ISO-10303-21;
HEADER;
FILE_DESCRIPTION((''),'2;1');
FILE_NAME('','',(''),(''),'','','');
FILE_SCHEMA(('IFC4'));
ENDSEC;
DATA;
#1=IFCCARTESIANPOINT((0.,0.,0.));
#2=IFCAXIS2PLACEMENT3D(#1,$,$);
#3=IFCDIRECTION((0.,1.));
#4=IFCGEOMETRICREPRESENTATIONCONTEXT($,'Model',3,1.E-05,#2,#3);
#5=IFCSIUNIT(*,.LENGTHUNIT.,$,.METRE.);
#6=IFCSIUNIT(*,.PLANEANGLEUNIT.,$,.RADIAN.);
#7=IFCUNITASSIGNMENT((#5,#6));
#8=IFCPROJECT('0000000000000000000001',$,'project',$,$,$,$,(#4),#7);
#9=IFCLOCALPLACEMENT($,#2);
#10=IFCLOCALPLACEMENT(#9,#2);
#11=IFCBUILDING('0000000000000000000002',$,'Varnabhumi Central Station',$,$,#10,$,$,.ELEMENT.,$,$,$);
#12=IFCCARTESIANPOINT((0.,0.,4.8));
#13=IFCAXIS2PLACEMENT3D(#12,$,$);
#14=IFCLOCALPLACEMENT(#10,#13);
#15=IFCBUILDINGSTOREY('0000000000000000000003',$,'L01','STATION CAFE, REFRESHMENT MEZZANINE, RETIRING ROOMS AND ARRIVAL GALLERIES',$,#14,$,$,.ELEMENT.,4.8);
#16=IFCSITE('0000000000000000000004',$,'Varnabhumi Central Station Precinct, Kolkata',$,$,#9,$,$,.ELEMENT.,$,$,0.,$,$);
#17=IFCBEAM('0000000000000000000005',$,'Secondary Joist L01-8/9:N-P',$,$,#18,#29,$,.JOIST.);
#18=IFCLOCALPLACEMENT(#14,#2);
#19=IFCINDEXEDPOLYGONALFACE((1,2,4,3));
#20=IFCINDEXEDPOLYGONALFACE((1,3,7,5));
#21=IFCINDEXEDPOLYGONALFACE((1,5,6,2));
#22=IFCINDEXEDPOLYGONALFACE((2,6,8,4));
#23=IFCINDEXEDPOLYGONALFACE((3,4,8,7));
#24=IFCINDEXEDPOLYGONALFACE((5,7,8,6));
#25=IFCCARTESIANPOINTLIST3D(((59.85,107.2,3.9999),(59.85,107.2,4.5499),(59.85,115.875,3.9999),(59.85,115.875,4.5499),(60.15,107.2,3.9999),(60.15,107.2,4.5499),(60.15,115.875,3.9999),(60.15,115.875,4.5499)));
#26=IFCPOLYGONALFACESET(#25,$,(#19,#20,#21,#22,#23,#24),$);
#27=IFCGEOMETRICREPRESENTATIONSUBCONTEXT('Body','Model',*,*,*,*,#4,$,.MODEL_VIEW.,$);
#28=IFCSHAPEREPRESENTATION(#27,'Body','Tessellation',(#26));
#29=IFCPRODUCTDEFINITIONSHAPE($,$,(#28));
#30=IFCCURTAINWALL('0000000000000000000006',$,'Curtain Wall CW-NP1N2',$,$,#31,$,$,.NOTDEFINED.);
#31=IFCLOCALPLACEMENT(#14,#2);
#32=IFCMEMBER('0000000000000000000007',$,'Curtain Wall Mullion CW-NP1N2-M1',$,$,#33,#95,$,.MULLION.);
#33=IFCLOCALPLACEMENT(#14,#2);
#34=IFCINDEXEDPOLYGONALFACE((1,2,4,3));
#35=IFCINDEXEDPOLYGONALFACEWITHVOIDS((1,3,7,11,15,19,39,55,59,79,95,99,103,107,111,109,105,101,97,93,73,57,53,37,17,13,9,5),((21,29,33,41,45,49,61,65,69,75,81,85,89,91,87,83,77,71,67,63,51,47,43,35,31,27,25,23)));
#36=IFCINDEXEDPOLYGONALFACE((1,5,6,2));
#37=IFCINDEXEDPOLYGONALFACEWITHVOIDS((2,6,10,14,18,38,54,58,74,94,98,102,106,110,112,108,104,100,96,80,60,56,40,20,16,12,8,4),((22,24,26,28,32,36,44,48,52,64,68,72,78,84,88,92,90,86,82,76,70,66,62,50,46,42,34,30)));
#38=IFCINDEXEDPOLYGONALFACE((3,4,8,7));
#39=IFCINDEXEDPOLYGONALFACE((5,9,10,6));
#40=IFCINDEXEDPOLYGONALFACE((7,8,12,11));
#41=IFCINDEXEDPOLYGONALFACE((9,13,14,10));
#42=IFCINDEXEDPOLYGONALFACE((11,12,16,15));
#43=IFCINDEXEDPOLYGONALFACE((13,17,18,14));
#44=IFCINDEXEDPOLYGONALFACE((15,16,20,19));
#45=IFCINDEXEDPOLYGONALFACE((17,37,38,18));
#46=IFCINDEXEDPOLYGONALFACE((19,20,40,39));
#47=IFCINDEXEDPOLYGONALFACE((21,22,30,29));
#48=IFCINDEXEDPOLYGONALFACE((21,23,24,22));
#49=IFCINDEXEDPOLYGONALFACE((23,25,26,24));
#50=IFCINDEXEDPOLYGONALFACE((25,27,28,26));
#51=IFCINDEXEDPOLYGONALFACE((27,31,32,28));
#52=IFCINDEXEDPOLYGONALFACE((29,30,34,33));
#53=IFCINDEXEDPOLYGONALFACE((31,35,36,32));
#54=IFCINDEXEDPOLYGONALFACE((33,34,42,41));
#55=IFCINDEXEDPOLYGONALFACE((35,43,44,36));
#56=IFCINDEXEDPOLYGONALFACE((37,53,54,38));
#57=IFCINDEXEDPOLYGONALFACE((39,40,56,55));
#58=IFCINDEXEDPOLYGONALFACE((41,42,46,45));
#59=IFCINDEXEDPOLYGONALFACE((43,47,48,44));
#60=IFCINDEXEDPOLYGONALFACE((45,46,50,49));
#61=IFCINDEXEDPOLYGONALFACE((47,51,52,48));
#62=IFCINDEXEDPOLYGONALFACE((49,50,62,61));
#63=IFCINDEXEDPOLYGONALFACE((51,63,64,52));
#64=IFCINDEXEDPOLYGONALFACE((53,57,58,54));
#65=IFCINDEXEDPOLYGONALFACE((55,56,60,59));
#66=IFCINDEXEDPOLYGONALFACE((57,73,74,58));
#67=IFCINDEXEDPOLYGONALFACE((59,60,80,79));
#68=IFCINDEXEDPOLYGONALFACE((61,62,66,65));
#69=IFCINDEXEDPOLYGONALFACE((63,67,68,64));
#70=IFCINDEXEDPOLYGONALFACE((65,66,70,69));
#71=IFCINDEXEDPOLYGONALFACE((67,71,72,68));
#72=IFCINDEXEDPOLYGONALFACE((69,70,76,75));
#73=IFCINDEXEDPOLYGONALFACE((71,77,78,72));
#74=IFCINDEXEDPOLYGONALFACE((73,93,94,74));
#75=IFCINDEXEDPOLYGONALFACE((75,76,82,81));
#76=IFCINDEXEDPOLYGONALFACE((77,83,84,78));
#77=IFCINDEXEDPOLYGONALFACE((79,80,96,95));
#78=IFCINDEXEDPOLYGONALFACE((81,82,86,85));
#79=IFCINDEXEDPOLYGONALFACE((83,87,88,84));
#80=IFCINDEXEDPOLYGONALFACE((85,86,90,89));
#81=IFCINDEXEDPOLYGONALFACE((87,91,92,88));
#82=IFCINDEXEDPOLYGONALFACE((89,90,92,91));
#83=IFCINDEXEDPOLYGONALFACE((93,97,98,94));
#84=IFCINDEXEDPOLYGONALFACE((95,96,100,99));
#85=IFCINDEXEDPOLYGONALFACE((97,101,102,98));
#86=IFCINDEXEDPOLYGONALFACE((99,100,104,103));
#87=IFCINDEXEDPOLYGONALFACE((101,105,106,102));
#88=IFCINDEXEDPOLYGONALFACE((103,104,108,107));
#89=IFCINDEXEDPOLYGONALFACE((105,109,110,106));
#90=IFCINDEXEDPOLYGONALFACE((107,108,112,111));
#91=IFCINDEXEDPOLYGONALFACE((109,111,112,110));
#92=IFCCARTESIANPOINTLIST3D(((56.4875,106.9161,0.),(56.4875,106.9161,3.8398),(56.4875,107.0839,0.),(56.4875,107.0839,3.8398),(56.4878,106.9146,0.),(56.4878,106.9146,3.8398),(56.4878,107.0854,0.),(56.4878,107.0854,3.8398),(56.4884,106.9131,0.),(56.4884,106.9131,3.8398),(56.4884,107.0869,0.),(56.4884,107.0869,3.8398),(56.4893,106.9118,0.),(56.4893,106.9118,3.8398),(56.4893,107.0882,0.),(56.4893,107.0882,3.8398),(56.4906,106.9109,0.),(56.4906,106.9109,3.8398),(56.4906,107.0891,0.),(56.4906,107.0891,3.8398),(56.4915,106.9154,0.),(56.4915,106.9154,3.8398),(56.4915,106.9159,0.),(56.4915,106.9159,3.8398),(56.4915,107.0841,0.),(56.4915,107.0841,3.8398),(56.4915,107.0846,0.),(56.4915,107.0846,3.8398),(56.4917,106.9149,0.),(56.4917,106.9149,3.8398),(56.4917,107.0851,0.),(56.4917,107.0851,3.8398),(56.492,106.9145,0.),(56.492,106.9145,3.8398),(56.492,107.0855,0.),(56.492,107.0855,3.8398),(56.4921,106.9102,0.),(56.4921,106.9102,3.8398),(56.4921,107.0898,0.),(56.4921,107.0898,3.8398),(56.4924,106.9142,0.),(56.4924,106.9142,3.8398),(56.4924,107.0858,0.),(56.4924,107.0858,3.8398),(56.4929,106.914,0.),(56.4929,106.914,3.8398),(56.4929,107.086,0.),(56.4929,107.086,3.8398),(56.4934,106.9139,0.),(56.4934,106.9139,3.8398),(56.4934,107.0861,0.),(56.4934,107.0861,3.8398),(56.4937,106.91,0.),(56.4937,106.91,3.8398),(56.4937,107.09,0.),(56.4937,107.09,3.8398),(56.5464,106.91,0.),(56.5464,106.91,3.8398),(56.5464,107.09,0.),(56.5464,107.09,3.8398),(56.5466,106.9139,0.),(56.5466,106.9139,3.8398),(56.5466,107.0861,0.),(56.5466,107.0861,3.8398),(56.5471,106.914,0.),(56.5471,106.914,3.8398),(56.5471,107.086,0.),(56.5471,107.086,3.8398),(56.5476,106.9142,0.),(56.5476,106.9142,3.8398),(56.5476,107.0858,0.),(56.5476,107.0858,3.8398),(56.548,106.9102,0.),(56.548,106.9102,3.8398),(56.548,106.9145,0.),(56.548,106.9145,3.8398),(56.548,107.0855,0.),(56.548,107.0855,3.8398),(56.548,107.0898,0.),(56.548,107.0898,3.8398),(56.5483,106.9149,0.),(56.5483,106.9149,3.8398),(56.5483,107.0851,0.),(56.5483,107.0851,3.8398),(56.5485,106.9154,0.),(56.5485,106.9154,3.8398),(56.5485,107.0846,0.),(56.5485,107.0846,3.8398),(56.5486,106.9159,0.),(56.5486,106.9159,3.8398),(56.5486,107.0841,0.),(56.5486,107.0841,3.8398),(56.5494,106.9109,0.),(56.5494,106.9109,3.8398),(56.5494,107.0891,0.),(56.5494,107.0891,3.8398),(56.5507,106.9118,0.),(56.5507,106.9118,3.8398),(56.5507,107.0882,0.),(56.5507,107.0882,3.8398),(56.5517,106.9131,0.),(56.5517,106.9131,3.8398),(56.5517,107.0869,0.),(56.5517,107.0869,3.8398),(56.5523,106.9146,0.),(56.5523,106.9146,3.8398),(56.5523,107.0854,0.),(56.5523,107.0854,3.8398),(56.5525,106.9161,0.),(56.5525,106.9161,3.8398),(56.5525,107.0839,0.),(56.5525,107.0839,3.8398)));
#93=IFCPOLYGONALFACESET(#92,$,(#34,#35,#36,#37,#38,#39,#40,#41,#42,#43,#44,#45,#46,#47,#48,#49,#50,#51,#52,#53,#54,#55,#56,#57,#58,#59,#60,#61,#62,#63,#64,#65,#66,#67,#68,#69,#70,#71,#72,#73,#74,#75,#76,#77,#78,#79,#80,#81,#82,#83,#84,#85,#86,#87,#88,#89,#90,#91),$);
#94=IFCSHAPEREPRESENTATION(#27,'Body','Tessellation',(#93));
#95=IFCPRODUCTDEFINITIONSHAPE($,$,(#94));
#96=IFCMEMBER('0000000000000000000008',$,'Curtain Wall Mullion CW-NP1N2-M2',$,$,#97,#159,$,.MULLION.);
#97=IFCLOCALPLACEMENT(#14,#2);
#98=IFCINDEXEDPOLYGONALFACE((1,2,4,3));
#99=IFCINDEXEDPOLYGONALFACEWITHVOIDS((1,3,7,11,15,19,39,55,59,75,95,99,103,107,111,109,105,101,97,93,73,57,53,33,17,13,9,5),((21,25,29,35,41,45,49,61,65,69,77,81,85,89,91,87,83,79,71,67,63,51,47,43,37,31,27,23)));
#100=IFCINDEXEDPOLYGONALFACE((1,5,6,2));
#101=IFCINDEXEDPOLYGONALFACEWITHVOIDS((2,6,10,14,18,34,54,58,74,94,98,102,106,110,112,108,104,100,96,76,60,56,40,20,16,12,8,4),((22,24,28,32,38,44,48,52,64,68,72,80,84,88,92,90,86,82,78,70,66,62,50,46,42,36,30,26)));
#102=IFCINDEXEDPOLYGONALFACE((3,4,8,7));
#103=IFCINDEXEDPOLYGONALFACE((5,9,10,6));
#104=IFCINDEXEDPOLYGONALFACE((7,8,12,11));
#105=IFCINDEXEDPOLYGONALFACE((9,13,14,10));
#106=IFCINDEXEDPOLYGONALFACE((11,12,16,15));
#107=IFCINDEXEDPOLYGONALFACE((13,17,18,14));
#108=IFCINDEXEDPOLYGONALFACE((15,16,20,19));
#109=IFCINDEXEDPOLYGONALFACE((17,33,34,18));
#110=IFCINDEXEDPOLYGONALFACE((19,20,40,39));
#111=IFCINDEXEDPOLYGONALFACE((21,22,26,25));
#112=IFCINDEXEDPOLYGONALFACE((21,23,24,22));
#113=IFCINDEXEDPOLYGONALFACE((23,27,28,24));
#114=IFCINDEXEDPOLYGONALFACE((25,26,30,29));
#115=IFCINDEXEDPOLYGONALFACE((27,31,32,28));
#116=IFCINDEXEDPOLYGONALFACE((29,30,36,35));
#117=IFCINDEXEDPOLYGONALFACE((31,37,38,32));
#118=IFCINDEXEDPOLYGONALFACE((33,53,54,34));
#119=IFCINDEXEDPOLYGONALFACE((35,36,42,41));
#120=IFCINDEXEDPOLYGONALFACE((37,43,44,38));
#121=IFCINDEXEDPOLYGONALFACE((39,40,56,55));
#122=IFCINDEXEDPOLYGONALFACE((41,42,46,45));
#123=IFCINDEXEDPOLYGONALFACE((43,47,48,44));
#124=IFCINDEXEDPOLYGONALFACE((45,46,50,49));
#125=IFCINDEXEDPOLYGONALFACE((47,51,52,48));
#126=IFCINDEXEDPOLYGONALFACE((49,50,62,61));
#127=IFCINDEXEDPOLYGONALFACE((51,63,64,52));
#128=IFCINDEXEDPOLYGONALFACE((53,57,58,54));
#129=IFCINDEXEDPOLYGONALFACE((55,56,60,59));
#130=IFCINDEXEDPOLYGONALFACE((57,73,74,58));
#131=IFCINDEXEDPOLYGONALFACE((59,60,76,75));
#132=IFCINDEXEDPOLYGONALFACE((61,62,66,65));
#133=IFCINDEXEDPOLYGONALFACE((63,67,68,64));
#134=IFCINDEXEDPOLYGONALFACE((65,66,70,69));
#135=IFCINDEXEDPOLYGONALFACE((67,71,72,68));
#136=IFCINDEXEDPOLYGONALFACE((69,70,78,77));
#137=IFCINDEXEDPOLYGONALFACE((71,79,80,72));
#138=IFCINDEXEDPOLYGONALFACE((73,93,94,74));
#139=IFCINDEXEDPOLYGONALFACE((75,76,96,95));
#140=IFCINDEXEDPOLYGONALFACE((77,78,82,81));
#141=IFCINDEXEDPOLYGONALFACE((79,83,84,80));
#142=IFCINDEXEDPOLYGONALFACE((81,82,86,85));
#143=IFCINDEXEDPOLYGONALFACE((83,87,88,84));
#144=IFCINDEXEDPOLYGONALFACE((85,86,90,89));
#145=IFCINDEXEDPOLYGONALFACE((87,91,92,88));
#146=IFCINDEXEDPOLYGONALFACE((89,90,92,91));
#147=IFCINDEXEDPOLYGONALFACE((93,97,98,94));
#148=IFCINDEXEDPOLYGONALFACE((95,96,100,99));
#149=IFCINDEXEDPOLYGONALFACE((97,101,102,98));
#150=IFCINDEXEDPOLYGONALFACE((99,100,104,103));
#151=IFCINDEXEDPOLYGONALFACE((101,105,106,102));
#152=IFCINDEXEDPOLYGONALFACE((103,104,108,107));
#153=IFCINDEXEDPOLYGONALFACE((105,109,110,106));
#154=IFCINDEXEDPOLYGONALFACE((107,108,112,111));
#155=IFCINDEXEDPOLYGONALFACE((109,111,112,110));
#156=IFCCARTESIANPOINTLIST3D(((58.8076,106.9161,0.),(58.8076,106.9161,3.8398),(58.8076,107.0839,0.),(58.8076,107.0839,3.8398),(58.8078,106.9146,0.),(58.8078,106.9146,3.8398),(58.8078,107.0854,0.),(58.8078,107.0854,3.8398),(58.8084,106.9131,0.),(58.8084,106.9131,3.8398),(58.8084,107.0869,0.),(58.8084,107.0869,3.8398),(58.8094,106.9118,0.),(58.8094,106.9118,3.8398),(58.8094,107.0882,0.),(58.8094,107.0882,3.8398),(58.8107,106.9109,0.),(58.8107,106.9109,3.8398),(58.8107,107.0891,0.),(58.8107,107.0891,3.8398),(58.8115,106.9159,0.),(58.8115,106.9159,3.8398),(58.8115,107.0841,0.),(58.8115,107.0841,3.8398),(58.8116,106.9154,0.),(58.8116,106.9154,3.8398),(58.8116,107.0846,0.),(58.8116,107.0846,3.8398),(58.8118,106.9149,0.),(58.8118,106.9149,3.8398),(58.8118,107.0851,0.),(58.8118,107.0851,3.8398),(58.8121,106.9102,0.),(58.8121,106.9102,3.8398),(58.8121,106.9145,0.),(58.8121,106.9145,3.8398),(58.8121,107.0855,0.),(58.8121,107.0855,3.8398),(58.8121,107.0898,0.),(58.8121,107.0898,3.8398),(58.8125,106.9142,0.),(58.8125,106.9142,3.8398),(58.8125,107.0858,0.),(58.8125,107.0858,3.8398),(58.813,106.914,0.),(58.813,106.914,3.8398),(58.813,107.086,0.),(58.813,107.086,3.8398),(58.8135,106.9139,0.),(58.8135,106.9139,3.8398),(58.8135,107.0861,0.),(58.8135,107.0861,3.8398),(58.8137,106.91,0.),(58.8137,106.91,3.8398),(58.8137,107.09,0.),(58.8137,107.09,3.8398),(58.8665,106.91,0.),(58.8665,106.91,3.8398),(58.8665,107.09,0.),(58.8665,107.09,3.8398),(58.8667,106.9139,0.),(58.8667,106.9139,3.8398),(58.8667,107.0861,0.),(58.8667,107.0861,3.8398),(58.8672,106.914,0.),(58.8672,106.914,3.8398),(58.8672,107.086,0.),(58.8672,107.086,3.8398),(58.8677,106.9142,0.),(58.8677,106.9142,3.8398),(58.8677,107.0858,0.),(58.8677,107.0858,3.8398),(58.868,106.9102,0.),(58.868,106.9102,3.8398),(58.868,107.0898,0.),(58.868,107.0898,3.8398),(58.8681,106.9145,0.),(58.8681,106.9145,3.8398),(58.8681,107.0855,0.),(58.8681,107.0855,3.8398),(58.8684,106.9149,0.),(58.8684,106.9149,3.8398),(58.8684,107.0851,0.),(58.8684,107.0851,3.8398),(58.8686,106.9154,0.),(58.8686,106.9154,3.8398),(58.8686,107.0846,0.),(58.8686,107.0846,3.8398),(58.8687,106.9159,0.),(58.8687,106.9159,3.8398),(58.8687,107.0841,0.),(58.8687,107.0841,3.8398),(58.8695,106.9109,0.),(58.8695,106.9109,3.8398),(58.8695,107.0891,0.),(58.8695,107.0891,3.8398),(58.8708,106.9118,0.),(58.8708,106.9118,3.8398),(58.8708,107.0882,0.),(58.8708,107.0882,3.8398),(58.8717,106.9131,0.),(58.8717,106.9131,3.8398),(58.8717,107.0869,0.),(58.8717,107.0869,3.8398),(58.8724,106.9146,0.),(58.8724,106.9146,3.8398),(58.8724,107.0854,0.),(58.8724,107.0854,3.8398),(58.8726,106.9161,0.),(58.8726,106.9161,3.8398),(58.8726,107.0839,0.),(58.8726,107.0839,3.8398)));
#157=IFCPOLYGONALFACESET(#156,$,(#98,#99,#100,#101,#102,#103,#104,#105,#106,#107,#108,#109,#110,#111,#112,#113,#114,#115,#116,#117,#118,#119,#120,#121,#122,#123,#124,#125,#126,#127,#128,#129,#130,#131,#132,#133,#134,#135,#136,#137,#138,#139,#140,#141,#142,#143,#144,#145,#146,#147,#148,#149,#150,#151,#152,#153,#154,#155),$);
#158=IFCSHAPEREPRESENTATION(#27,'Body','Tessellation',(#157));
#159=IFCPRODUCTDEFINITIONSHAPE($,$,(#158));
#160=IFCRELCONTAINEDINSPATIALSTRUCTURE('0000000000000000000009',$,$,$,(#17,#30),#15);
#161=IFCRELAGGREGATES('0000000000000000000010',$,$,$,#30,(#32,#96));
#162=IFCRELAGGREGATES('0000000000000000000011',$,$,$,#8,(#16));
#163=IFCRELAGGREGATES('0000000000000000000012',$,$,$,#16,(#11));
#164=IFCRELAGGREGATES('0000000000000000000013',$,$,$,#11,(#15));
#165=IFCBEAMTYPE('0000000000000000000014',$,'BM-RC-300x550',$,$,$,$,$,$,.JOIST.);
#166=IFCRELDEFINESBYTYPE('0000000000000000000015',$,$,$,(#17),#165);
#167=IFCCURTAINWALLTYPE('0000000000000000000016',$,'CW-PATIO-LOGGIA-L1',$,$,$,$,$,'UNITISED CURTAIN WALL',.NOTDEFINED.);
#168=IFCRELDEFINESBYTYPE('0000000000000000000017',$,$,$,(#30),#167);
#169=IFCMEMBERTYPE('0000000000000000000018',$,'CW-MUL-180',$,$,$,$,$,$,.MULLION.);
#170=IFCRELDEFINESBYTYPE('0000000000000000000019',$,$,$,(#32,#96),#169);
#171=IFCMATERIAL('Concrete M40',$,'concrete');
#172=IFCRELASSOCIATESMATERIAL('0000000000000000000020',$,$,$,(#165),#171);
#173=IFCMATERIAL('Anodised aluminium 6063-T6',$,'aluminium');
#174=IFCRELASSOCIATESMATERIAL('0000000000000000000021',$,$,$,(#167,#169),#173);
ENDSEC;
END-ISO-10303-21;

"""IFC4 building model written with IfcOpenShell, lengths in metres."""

from ifc_helpers import new_model, si_unit, direction, frame, origin, origin_2d, place, context, subcontext, project, spatial, rectangle, hollow_rectangle, extrude, material, material_profile, profile_set, type_object, element, aggregate, save


model = new_model("IFC4")

# Units and contexts
model_context = context("Model", 3, precision=1e-05, world=origin(), true_north=direction((0.0, 1.0)))
body_context = subcontext(model_context, "Body", "Model", "MODEL_VIEW")
ifc_project = project(units=[si_unit("LENGTHUNIT", "METRE"), si_unit("PLANEANGLEUNIT", "RADIAN")], contexts=[model_context])

# Site, building, storey
site_placement = place(None, origin())
site = spatial("IfcSite", under=ifc_project, at=site_placement, Name="Varnabhumi Central Station Precinct, Kolkata", CompositionType="ELEMENT", RefElevation=0.0)
building_placement = place(site_placement, origin())
building = spatial("IfcBuilding", under=site, at=building_placement, Name="Varnabhumi Central Station", CompositionType="ELEMENT")
storey_placement = place(building_placement, frame((0.0, 0.0, 4.8)))
storey = spatial("IfcBuildingStorey", under=building, at=storey_placement, Name="L01", Description="STATION CAFE, REFRESHMENT MEZZANINE, RETIRING ROOMS AND ARRIVAL GALLERIES", CompositionType="ELEMENT", Elevation=4.8)

# Beam
ifc_material_1 = material(Name="Concrete M40", Category="concrete")
ifc_material_profile_1 = material_profile(ifc_material_1, rectangle(XDim=0.3, YDim=0.55, at=origin_2d()), Name="Concrete M40", Category="concrete")
ifc_profile_set_1 = profile_set([ifc_material_profile_1], Name="Concrete M40")
beam_type = type_object("IfcBeamType", Name="BM-RC-300x550", PredefinedType="JOIST", material=ifc_profile_set_1)
beam_placement = place(storey_placement, frame((60.0, 107.2, 4.2749), z_axis=(0.0, 1.0, 0.0), x_axis=(-1.0, 0.0, 0.0)))
element("IfcBeam", 1, at=beam_placement, inside=storey, type_object=beam_type, Name="Secondary Joist L01-8/9:N-P", PredefinedType="JOIST", context=body_context, shape_type="SweptSolid", body=[
    extrude(rectangle(XDim=0.3, YDim=0.55, at=origin_2d()), origin(), (0.0, 0.0, 1.0), 8.675),
])

# Curtain wall, members
ifc_material_2 = material(Name="Anodised aluminium 6063-T6", Category="aluminium")
curtain_wall_type = type_object("IfcCurtainWallType", Name="CW-PATIO-LOGGIA-L1", ElementType="UNITISED CURTAIN WALL", PredefinedType="NOTDEFINED", material=ifc_material_2)
curtain_wall_placement = place(storey_placement, origin())
curtain_wall = element("IfcCurtainWall", 2, at=curtain_wall_placement, inside=storey, type_object=curtain_wall_type, Name="Curtain Wall CW-NP1N2", PredefinedType="NOTDEFINED")
ifc_material_profile_2 = material_profile(ifc_material_2, hollow_rectangle(XDim=0.0649, YDim=0.1799, WallThickness=0.0039, InnerFilletRadius=0.002, OuterFilletRadius=0.0061, at=origin_2d()), Name="Anodised aluminium 6063-T6", Category="aluminium")
ifc_profile_set_2 = profile_set([ifc_material_profile_2], Name="Anodised aluminium 6063-T6")
member_type_1 = type_object("IfcMemberType", Name="CW-MUL-180", PredefinedType="MULLION", material=ifc_profile_set_2)
member_1_placement = place(storey_placement, frame((56.52, 107.0, 0.0), z_axis=(0.0, 0.0, 1.0), x_axis=(1.0, 0.0, 0.0)))
member_1 = element("IfcMember", 3, at=member_1_placement, type_object=member_type_1, Name="Curtain Wall Mullion CW-NP1N2-M1", PredefinedType="MULLION", context=body_context, shape_type="SweptSolid", body=[
    extrude(hollow_rectangle(XDim=0.0649, YDim=0.1799, WallThickness=0.0039, InnerFilletRadius=0.002, OuterFilletRadius=0.0061, at=origin_2d()), origin(), (0.0, 0.0, 1.0), 3.8398),
])
member_2_placement = place(storey_placement, frame((58.8401, 107.0, 0.0), z_axis=(0.0, 0.0, 1.0), x_axis=(1.0, 0.0, 0.0)))
member_2 = element("IfcMember", 4, at=member_2_placement, type_object=member_type_1, Name="Curtain Wall Mullion CW-NP1N2-M2", PredefinedType="MULLION", context=body_context, shape_type="SweptSolid", body=[
    extrude(hollow_rectangle(XDim=0.0649, YDim=0.1799, WallThickness=0.0039, InnerFilletRadius=0.002, OuterFilletRadius=0.0061, at=origin_2d()), origin(), (0.0, 0.0, 1.0), 3.8398),
])
aggregate(curtain_wall, [member_1, member_2])

save(model, "model.ifc")
